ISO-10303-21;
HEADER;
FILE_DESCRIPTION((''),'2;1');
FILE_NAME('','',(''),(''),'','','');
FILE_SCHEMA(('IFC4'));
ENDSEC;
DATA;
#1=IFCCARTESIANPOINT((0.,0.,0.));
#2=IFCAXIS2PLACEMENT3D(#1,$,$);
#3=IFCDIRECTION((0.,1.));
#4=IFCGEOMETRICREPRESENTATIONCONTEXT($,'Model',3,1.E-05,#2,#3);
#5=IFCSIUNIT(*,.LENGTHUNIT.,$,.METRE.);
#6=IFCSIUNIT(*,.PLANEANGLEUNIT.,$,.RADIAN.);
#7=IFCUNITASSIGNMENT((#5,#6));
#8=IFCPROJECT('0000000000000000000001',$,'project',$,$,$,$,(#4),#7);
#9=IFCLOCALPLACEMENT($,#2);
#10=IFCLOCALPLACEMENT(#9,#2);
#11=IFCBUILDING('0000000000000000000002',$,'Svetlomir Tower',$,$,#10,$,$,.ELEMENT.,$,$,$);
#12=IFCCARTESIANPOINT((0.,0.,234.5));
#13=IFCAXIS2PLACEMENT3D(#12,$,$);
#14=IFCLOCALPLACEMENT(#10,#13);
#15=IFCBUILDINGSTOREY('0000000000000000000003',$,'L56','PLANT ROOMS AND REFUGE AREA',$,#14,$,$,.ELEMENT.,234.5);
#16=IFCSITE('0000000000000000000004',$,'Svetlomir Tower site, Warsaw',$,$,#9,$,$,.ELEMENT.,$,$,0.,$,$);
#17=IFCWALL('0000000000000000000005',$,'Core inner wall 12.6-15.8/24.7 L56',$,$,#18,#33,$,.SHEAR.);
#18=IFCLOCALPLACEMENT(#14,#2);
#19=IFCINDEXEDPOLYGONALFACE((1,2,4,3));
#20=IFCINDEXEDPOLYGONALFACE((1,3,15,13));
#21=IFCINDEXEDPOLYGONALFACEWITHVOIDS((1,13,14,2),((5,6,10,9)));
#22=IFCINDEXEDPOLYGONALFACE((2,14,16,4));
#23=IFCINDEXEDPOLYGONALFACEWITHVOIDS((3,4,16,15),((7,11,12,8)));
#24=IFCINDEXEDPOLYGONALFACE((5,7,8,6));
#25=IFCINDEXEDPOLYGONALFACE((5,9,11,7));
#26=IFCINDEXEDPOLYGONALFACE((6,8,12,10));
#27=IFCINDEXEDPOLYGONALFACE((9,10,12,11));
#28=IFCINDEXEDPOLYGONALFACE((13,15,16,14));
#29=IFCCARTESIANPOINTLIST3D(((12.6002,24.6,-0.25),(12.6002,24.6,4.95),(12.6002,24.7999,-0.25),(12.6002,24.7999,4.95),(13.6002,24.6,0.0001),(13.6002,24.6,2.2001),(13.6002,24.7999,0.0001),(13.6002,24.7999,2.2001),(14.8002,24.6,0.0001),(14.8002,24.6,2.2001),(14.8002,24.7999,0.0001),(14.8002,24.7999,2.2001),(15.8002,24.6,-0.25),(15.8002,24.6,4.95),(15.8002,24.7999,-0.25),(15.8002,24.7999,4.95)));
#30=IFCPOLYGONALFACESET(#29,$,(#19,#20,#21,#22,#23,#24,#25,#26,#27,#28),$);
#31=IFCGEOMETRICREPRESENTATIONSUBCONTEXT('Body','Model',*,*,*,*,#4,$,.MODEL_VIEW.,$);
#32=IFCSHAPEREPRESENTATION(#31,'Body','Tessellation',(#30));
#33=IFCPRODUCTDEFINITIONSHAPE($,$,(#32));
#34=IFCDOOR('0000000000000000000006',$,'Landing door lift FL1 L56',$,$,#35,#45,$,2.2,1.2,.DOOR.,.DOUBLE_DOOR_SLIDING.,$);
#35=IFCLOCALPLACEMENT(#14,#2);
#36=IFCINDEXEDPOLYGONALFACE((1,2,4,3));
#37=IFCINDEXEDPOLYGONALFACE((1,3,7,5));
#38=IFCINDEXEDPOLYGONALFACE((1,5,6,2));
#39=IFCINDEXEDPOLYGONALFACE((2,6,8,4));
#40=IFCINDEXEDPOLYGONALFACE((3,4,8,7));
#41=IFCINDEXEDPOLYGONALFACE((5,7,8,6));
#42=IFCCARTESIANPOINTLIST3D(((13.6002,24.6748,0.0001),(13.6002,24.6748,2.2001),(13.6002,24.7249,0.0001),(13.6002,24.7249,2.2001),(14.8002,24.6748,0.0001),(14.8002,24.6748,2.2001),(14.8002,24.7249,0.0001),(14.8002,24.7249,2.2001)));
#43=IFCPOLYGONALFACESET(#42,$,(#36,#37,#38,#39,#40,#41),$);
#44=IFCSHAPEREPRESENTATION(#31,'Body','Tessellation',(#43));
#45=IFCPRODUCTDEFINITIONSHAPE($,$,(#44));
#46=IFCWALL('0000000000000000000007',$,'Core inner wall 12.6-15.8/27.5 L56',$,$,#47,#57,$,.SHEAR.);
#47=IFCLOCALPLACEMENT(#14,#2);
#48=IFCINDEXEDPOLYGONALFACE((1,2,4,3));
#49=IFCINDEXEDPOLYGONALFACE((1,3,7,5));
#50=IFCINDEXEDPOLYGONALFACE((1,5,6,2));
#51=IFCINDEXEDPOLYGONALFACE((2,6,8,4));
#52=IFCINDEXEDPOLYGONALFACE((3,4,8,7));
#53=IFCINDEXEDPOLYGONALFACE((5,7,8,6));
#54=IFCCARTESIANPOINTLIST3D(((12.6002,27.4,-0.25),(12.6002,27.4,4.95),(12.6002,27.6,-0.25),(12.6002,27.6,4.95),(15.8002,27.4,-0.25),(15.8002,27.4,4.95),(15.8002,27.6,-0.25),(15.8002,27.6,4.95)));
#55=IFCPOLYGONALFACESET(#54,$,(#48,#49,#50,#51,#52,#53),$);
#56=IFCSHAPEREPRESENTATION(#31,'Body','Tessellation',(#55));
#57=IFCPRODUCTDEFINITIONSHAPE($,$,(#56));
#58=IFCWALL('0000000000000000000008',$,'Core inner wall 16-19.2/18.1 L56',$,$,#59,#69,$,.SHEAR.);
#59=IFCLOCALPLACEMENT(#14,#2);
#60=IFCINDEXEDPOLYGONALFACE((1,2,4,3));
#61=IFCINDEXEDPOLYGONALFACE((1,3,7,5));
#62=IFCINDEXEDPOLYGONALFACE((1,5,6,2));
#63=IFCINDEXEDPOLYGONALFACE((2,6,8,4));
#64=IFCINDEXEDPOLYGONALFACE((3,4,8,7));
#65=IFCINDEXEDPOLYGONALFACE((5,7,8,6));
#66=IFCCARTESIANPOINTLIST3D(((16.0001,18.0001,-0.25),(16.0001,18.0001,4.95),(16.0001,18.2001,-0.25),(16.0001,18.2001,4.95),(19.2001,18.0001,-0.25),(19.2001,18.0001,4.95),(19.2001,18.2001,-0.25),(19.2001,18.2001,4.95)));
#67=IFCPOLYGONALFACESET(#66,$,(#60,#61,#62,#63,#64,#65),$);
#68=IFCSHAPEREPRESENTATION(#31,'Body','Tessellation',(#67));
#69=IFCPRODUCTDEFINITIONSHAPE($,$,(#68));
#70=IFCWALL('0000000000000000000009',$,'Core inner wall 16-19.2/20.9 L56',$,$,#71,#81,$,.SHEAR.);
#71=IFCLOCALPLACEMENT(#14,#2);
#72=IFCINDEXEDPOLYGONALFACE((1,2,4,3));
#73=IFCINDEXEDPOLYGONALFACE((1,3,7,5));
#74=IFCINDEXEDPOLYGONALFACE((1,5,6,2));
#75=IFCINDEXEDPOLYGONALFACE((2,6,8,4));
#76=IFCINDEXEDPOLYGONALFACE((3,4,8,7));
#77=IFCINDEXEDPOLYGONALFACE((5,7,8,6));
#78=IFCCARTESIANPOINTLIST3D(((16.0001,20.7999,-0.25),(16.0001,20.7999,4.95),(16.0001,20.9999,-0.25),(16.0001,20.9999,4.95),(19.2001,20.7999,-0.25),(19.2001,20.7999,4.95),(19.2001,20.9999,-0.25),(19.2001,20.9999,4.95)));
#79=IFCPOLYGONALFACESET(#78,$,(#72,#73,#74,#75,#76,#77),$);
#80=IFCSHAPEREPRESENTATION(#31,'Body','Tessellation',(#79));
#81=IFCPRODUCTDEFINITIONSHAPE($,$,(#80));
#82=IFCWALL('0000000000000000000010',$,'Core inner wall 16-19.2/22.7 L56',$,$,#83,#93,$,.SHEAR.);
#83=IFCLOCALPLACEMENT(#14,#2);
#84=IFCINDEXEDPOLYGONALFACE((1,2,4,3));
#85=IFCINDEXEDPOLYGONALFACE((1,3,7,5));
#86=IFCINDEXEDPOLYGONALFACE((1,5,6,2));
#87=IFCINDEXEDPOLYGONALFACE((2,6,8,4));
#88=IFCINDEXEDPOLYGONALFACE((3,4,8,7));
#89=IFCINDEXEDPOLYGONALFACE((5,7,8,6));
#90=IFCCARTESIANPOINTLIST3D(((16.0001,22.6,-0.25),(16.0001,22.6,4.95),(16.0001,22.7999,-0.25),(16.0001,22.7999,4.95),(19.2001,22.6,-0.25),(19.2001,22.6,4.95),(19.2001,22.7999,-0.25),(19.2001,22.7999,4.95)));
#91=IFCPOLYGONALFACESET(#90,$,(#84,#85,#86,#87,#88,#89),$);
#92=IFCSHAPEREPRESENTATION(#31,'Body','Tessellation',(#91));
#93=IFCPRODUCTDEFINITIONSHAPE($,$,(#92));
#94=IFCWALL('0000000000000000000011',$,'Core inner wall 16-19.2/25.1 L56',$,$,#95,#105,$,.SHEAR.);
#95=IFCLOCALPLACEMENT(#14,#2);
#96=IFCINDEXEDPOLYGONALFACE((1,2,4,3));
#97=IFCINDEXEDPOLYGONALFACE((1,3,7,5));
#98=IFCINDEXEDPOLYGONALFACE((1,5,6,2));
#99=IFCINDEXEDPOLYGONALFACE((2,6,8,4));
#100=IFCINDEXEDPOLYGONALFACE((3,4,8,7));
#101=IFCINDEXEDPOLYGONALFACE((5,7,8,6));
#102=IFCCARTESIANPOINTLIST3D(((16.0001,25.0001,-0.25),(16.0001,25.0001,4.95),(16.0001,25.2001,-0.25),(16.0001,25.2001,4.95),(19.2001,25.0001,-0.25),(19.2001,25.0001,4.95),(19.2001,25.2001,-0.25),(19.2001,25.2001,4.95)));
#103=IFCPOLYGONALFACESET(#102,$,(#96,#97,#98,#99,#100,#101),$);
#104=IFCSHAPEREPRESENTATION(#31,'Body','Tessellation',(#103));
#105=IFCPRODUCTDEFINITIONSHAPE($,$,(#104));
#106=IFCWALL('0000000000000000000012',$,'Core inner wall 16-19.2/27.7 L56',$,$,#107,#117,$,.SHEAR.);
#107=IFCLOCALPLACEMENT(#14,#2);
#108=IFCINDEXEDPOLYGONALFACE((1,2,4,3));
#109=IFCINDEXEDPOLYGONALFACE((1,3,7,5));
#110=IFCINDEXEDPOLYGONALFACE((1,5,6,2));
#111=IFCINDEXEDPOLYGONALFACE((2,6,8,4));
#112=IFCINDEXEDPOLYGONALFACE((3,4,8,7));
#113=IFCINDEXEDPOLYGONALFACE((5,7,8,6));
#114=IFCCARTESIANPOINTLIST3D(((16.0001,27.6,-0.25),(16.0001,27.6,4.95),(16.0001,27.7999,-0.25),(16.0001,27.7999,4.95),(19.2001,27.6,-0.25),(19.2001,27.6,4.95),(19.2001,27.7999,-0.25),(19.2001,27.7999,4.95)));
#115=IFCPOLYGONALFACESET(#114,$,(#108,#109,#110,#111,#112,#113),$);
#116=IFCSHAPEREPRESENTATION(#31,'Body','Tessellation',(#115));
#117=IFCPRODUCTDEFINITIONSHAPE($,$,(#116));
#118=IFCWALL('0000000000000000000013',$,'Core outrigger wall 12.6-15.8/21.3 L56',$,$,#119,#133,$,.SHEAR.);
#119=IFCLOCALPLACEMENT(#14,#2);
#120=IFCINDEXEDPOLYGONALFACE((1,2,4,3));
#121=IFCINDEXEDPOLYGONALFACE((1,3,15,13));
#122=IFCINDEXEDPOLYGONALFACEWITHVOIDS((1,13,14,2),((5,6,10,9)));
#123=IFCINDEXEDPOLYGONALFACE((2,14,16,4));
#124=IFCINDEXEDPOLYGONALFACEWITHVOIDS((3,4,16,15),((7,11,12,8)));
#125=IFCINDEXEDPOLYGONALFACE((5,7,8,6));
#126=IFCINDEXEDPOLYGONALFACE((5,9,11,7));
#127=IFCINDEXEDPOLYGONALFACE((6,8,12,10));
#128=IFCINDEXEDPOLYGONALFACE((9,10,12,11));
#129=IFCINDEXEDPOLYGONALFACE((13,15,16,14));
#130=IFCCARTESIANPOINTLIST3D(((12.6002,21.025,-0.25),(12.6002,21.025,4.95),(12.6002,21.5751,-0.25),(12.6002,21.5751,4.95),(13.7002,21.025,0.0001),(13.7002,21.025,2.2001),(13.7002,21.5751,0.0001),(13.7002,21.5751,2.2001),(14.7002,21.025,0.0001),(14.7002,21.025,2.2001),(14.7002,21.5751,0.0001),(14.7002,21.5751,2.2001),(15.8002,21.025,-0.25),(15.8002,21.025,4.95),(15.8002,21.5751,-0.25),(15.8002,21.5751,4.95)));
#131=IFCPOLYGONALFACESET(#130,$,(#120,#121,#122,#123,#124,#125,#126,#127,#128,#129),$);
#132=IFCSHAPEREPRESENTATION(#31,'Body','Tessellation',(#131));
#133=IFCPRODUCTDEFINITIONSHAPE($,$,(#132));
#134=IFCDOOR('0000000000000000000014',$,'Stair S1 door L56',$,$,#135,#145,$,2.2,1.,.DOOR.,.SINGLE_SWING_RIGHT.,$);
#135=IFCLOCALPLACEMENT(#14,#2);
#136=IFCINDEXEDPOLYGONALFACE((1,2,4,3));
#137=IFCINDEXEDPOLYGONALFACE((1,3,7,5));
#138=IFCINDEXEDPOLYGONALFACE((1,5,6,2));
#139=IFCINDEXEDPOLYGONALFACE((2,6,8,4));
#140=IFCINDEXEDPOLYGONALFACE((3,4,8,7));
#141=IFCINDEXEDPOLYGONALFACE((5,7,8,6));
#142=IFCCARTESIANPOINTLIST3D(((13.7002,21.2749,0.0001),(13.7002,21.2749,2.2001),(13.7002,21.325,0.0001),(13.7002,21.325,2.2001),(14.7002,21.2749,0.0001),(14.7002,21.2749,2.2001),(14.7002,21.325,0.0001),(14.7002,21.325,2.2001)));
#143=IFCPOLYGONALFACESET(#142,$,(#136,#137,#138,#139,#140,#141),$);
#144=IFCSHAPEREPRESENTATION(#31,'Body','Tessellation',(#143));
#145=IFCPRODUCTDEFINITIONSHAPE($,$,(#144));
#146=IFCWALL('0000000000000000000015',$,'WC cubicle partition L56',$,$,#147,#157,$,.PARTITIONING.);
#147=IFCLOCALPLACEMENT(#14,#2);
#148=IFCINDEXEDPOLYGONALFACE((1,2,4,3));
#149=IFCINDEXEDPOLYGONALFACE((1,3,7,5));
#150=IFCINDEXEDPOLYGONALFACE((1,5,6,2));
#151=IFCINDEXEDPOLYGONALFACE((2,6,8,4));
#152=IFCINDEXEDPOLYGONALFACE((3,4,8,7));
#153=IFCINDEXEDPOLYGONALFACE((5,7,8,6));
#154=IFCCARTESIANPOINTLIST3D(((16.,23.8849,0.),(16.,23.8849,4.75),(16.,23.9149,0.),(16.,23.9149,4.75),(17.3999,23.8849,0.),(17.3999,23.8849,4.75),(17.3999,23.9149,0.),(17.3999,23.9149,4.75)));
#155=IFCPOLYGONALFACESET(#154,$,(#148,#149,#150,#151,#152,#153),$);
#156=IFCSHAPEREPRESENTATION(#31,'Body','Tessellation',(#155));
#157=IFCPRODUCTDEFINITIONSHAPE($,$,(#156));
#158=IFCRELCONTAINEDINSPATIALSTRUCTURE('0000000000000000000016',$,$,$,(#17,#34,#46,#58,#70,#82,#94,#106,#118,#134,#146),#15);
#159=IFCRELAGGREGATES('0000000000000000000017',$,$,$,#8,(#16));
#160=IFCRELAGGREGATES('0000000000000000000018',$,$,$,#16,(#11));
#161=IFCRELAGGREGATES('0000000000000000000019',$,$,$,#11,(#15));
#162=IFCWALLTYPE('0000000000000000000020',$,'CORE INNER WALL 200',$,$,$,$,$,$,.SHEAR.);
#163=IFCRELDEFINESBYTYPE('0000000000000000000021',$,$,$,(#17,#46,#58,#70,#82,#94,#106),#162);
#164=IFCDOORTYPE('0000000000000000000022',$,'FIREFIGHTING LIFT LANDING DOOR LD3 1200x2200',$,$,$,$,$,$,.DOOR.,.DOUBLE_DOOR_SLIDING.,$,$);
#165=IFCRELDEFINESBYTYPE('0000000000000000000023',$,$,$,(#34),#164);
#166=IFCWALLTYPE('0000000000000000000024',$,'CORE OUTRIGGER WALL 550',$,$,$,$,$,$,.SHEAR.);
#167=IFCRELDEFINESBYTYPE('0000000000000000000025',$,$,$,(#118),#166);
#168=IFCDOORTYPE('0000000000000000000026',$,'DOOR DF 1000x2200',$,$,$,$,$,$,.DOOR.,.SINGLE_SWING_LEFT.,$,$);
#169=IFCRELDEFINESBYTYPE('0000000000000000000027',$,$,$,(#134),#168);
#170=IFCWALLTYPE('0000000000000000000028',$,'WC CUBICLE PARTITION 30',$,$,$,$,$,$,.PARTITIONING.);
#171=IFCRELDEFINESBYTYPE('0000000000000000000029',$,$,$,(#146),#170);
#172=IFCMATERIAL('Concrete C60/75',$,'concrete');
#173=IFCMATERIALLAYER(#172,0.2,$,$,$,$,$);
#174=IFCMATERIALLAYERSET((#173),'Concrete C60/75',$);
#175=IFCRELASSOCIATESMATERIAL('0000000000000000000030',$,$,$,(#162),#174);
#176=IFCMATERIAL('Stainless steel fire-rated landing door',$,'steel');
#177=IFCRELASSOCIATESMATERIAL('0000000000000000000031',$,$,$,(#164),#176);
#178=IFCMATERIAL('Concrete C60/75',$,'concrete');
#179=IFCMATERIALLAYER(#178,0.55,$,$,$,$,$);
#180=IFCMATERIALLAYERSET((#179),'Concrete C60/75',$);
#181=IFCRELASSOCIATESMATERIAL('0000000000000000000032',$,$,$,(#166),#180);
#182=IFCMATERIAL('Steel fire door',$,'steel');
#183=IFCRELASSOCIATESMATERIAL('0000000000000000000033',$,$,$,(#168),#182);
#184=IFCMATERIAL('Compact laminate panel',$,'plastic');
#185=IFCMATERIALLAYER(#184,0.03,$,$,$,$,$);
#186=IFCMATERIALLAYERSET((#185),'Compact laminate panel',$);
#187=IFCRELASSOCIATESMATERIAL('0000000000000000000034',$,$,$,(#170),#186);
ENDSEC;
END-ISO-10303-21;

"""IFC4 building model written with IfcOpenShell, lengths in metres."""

from ifc_helpers import new_model, si_unit, direction, frame, frame_2d, origin, place, context, subcontext, project, spatial, rectangle, extrude, material, layer, layer_set, type_object, element, fill, save


model = new_model("IFC4")

# Units and contexts
model_context = context("Model", 3, precision=1e-05, world=origin(), true_north=direction((0.0, 1.0)))
body_context = subcontext(model_context, "Body", "Model", "MODEL_VIEW")
ifc_project = project(units=[si_unit("LENGTHUNIT", "METRE"), si_unit("PLANEANGLEUNIT", "RADIAN")], contexts=[model_context])

# Site, building, storey
site_placement = place(None, origin())
site = spatial("IfcSite", under=ifc_project, at=site_placement, Name="Svetlomir Tower site, Warsaw", CompositionType="ELEMENT", RefElevation=0.0)
building_placement = place(site_placement, origin())
building = spatial("IfcBuilding", under=site, at=building_placement, Name="Svetlomir Tower", CompositionType="ELEMENT")
storey_placement = place(building_placement, frame((0.0, 0.0, 234.5)))
storey = spatial("IfcBuildingStorey", under=building, at=storey_placement, Name="L56", Description="PLANT ROOMS AND REFUGE AREA", CompositionType="ELEMENT", Elevation=234.5)

# Wall, opening, door
ifc_material_1 = material(Name="Concrete C60/75", Category="concrete")
ifc_layer_1 = layer(ifc_material_1, 0.2)
ifc_layer_set_1 = layer_set([ifc_layer_1], Name="Concrete C60/75")
wall_type_1 = type_object("IfcWallType", Name="CORE INNER WALL 200", PredefinedType="SHEAR", material=ifc_layer_set_1)
wall_1_placement = place(storey_placement, frame((12.6001, 24.7, -0.25), z_axis=(0.0, 0.0, 1.0), x_axis=(1.0, 0.0, 0.0)))
wall_1 = element("IfcWall", 1, at=wall_1_placement, inside=storey, type_object=wall_type_1, Name="Core inner wall 12.6-15.8/24.7 L56", PredefinedType="SHEAR", context=body_context, shape_type="SweptSolid", body=[
    extrude(rectangle(XDim=3.2, YDim=0.2, at=frame_2d((1.6001, 0.0))), origin(), (0.0, 0.0, 1.0), 5.2),
])
opening_1_placement = place(wall_1_placement, frame((1.0, 0.0, 0.25)))
opening_1 = element("IfcOpeningElement", 2, at=opening_1_placement, cuts=wall_1, PredefinedType="OPENING", context=body_context, shape_type="SweptSolid", body=[
    extrude(rectangle(XDim=1.2, YDim=2.2, at=frame_2d((0.6001, 1.1001))), frame((0.0, 0.1099, 0.0), z_axis=(0.0, -1.0, 0.0), x_axis=(1.0, 0.0, 0.0)), (0.0, 0.0, 1.0), 0.22),
])
ifc_material_2 = material(Name="Stainless steel fire-rated landing door", Category="steel")
door_type_1 = type_object("IfcDoorType", Name="FIREFIGHTING LIFT LANDING DOOR LD3 1200x2200", OperationType="DOUBLE_DOOR_SLIDING", PredefinedType="DOOR", material=ifc_material_2)
door_1_placement = place(opening_1_placement, origin())
door_1 = element("IfcDoor", 3, at=door_1_placement, inside=storey, type_object=door_type_1, Name="Landing door lift FL1 L56", OperationType="DOUBLE_DOOR_SLIDING", OverallHeight=2.2, OverallWidth=1.2, PredefinedType="DOOR", context=body_context, shape_type="SweptSolid", body=[
    extrude(rectangle(XDim=1.2, YDim=2.2, at=frame_2d((0.6001, 1.1001))), frame((0.0, 0.0249, 0.0), z_axis=(0.0, -1.0, 0.0), x_axis=(1.0, 0.0, 0.0)), (0.0, 0.0, 1.0), 0.05),
])
fill(opening_1, door_1)

# Walls
for number, where, z_axis, x_axis, name in (
    (4, (12.6001, 27.5, -0.25), (0.0, 0.0, 1.0), (1.0, 0.0, 0.0), "Core inner wall 12.6-15.8/27.5 L56"),
    (5, (16.0, 18.1001, -0.25), (0.0, 0.0, 1.0), (1.0, 0.0, 0.0), "Core inner wall 16-19.2/18.1 L56"),
    (6, (16.0, 20.8999, -0.25), (0.0, 0.0, 1.0), (1.0, 0.0, 0.0), "Core inner wall 16-19.2/20.9 L56"),
    (7, (16.0, 22.7, -0.25), (0.0, 0.0, 1.0), (1.0, 0.0, 0.0), "Core inner wall 16-19.2/22.7 L56"),
    (8, (16.0, 25.1001, -0.25), (0.0, 0.0, 1.0), (1.0, 0.0, 0.0), "Core inner wall 16-19.2/25.1 L56"),
    (9, (16.0, 27.7, -0.25), (0.0, 0.0, 1.0), (1.0, 0.0, 0.0), "Core inner wall 16-19.2/27.7 L56"),
):
    element("IfcWall", number, at=place(storey_placement, frame(where, z_axis=z_axis, x_axis=x_axis)), inside=storey, type_object=wall_type_1, Name=name, PredefinedType="SHEAR", context=body_context, shape_type="SweptSolid", body=[
        extrude(rectangle(XDim=3.2, YDim=0.2, at=frame_2d((1.6001, 0.0))), origin(), (0.0, 0.0, 1.0), 5.2),
    ])

# Wall, opening, door
ifc_material_3 = material(Name="Concrete C60/75", Category="concrete")
ifc_layer_2 = layer(ifc_material_3, 0.55)
ifc_layer_set_2 = layer_set([ifc_layer_2], Name="Concrete C60/75")
wall_type_2 = type_object("IfcWallType", Name="CORE OUTRIGGER WALL 550", PredefinedType="SHEAR", material=ifc_layer_set_2)
wall_2_placement = place(storey_placement, frame((12.6001, 21.3, -0.25), z_axis=(0.0, 0.0, 1.0), x_axis=(1.0, 0.0, 0.0)))
wall_2 = element("IfcWall", 10, at=wall_2_placement, inside=storey, type_object=wall_type_2, Name="Core outrigger wall 12.6-15.8/21.3 L56", PredefinedType="SHEAR", context=body_context, shape_type="SweptSolid", body=[
    extrude(rectangle(XDim=3.2, YDim=0.55, at=frame_2d((1.6001, 0.0))), origin(), (0.0, 0.0, 1.0), 5.2),
])
opening_2_placement = place(wall_2_placement, frame((1.1001, 0.0, 0.25)))
opening_2 = element("IfcOpeningElement", 11, at=opening_2_placement, cuts=wall_2, PredefinedType="OPENING", context=body_context, shape_type="SweptSolid", body=[
    extrude(rectangle(XDim=1.0, YDim=2.2, at=frame_2d((0.5, 1.1001))), frame((0.0, 0.2852, 0.0), z_axis=(0.0, -1.0, 0.0), x_axis=(1.0, 0.0, 0.0)), (0.0, 0.0, 1.0), 0.5701),
])
ifc_material_4 = material(Name="Steel fire door", Category="steel")
door_type_2 = type_object("IfcDoorType", Name="DOOR DF 1000x2200", OperationType="SINGLE_SWING_LEFT", PredefinedType="DOOR", material=ifc_material_4)
door_2_placement = place(opening_2_placement, origin())
door_2 = element("IfcDoor", 12, at=door_2_placement, inside=storey, type_object=door_type_2, Name="Stair S1 door L56", OperationType="SINGLE_SWING_RIGHT", OverallHeight=2.2, OverallWidth=1.0, PredefinedType="DOOR", context=body_context, shape_type="SweptSolid", body=[
    extrude(rectangle(XDim=1.0, YDim=2.2, at=frame_2d((0.5, 1.1001))), frame((0.0, 0.0249, 0.0), z_axis=(0.0, -1.0, 0.0), x_axis=(1.0, 0.0, 0.0)), (0.0, 0.0, 1.0), 0.05),
])
fill(opening_2, door_2)

# Wall
ifc_material_5 = material(Name="Compact laminate panel", Category="plastic")
ifc_layer_3 = layer(ifc_material_5, 0.03)
ifc_layer_set_3 = layer_set([ifc_layer_3], Name="Compact laminate panel")
wall_type_3 = type_object("IfcWallType", Name="WC CUBICLE PARTITION 30", PredefinedType="PARTITIONING", material=ifc_layer_set_3)
wall_3_placement = place(storey_placement, frame((16.0, 23.8999, 0.0), z_axis=(0.0, 0.0, 1.0), x_axis=(1.0, 0.0, 0.0)))
element("IfcWall", 13, at=wall_3_placement, inside=storey, type_object=wall_type_3, Name="WC cubicle partition L56", PredefinedType="PARTITIONING", context=body_context, shape_type="SweptSolid", body=[
    extrude(rectangle(XDim=1.3999, YDim=0.03, at=frame_2d((0.7, 0.0))), origin(), (0.0, 0.0, 1.0), 4.75),
])

save(model, "model.ifc")
